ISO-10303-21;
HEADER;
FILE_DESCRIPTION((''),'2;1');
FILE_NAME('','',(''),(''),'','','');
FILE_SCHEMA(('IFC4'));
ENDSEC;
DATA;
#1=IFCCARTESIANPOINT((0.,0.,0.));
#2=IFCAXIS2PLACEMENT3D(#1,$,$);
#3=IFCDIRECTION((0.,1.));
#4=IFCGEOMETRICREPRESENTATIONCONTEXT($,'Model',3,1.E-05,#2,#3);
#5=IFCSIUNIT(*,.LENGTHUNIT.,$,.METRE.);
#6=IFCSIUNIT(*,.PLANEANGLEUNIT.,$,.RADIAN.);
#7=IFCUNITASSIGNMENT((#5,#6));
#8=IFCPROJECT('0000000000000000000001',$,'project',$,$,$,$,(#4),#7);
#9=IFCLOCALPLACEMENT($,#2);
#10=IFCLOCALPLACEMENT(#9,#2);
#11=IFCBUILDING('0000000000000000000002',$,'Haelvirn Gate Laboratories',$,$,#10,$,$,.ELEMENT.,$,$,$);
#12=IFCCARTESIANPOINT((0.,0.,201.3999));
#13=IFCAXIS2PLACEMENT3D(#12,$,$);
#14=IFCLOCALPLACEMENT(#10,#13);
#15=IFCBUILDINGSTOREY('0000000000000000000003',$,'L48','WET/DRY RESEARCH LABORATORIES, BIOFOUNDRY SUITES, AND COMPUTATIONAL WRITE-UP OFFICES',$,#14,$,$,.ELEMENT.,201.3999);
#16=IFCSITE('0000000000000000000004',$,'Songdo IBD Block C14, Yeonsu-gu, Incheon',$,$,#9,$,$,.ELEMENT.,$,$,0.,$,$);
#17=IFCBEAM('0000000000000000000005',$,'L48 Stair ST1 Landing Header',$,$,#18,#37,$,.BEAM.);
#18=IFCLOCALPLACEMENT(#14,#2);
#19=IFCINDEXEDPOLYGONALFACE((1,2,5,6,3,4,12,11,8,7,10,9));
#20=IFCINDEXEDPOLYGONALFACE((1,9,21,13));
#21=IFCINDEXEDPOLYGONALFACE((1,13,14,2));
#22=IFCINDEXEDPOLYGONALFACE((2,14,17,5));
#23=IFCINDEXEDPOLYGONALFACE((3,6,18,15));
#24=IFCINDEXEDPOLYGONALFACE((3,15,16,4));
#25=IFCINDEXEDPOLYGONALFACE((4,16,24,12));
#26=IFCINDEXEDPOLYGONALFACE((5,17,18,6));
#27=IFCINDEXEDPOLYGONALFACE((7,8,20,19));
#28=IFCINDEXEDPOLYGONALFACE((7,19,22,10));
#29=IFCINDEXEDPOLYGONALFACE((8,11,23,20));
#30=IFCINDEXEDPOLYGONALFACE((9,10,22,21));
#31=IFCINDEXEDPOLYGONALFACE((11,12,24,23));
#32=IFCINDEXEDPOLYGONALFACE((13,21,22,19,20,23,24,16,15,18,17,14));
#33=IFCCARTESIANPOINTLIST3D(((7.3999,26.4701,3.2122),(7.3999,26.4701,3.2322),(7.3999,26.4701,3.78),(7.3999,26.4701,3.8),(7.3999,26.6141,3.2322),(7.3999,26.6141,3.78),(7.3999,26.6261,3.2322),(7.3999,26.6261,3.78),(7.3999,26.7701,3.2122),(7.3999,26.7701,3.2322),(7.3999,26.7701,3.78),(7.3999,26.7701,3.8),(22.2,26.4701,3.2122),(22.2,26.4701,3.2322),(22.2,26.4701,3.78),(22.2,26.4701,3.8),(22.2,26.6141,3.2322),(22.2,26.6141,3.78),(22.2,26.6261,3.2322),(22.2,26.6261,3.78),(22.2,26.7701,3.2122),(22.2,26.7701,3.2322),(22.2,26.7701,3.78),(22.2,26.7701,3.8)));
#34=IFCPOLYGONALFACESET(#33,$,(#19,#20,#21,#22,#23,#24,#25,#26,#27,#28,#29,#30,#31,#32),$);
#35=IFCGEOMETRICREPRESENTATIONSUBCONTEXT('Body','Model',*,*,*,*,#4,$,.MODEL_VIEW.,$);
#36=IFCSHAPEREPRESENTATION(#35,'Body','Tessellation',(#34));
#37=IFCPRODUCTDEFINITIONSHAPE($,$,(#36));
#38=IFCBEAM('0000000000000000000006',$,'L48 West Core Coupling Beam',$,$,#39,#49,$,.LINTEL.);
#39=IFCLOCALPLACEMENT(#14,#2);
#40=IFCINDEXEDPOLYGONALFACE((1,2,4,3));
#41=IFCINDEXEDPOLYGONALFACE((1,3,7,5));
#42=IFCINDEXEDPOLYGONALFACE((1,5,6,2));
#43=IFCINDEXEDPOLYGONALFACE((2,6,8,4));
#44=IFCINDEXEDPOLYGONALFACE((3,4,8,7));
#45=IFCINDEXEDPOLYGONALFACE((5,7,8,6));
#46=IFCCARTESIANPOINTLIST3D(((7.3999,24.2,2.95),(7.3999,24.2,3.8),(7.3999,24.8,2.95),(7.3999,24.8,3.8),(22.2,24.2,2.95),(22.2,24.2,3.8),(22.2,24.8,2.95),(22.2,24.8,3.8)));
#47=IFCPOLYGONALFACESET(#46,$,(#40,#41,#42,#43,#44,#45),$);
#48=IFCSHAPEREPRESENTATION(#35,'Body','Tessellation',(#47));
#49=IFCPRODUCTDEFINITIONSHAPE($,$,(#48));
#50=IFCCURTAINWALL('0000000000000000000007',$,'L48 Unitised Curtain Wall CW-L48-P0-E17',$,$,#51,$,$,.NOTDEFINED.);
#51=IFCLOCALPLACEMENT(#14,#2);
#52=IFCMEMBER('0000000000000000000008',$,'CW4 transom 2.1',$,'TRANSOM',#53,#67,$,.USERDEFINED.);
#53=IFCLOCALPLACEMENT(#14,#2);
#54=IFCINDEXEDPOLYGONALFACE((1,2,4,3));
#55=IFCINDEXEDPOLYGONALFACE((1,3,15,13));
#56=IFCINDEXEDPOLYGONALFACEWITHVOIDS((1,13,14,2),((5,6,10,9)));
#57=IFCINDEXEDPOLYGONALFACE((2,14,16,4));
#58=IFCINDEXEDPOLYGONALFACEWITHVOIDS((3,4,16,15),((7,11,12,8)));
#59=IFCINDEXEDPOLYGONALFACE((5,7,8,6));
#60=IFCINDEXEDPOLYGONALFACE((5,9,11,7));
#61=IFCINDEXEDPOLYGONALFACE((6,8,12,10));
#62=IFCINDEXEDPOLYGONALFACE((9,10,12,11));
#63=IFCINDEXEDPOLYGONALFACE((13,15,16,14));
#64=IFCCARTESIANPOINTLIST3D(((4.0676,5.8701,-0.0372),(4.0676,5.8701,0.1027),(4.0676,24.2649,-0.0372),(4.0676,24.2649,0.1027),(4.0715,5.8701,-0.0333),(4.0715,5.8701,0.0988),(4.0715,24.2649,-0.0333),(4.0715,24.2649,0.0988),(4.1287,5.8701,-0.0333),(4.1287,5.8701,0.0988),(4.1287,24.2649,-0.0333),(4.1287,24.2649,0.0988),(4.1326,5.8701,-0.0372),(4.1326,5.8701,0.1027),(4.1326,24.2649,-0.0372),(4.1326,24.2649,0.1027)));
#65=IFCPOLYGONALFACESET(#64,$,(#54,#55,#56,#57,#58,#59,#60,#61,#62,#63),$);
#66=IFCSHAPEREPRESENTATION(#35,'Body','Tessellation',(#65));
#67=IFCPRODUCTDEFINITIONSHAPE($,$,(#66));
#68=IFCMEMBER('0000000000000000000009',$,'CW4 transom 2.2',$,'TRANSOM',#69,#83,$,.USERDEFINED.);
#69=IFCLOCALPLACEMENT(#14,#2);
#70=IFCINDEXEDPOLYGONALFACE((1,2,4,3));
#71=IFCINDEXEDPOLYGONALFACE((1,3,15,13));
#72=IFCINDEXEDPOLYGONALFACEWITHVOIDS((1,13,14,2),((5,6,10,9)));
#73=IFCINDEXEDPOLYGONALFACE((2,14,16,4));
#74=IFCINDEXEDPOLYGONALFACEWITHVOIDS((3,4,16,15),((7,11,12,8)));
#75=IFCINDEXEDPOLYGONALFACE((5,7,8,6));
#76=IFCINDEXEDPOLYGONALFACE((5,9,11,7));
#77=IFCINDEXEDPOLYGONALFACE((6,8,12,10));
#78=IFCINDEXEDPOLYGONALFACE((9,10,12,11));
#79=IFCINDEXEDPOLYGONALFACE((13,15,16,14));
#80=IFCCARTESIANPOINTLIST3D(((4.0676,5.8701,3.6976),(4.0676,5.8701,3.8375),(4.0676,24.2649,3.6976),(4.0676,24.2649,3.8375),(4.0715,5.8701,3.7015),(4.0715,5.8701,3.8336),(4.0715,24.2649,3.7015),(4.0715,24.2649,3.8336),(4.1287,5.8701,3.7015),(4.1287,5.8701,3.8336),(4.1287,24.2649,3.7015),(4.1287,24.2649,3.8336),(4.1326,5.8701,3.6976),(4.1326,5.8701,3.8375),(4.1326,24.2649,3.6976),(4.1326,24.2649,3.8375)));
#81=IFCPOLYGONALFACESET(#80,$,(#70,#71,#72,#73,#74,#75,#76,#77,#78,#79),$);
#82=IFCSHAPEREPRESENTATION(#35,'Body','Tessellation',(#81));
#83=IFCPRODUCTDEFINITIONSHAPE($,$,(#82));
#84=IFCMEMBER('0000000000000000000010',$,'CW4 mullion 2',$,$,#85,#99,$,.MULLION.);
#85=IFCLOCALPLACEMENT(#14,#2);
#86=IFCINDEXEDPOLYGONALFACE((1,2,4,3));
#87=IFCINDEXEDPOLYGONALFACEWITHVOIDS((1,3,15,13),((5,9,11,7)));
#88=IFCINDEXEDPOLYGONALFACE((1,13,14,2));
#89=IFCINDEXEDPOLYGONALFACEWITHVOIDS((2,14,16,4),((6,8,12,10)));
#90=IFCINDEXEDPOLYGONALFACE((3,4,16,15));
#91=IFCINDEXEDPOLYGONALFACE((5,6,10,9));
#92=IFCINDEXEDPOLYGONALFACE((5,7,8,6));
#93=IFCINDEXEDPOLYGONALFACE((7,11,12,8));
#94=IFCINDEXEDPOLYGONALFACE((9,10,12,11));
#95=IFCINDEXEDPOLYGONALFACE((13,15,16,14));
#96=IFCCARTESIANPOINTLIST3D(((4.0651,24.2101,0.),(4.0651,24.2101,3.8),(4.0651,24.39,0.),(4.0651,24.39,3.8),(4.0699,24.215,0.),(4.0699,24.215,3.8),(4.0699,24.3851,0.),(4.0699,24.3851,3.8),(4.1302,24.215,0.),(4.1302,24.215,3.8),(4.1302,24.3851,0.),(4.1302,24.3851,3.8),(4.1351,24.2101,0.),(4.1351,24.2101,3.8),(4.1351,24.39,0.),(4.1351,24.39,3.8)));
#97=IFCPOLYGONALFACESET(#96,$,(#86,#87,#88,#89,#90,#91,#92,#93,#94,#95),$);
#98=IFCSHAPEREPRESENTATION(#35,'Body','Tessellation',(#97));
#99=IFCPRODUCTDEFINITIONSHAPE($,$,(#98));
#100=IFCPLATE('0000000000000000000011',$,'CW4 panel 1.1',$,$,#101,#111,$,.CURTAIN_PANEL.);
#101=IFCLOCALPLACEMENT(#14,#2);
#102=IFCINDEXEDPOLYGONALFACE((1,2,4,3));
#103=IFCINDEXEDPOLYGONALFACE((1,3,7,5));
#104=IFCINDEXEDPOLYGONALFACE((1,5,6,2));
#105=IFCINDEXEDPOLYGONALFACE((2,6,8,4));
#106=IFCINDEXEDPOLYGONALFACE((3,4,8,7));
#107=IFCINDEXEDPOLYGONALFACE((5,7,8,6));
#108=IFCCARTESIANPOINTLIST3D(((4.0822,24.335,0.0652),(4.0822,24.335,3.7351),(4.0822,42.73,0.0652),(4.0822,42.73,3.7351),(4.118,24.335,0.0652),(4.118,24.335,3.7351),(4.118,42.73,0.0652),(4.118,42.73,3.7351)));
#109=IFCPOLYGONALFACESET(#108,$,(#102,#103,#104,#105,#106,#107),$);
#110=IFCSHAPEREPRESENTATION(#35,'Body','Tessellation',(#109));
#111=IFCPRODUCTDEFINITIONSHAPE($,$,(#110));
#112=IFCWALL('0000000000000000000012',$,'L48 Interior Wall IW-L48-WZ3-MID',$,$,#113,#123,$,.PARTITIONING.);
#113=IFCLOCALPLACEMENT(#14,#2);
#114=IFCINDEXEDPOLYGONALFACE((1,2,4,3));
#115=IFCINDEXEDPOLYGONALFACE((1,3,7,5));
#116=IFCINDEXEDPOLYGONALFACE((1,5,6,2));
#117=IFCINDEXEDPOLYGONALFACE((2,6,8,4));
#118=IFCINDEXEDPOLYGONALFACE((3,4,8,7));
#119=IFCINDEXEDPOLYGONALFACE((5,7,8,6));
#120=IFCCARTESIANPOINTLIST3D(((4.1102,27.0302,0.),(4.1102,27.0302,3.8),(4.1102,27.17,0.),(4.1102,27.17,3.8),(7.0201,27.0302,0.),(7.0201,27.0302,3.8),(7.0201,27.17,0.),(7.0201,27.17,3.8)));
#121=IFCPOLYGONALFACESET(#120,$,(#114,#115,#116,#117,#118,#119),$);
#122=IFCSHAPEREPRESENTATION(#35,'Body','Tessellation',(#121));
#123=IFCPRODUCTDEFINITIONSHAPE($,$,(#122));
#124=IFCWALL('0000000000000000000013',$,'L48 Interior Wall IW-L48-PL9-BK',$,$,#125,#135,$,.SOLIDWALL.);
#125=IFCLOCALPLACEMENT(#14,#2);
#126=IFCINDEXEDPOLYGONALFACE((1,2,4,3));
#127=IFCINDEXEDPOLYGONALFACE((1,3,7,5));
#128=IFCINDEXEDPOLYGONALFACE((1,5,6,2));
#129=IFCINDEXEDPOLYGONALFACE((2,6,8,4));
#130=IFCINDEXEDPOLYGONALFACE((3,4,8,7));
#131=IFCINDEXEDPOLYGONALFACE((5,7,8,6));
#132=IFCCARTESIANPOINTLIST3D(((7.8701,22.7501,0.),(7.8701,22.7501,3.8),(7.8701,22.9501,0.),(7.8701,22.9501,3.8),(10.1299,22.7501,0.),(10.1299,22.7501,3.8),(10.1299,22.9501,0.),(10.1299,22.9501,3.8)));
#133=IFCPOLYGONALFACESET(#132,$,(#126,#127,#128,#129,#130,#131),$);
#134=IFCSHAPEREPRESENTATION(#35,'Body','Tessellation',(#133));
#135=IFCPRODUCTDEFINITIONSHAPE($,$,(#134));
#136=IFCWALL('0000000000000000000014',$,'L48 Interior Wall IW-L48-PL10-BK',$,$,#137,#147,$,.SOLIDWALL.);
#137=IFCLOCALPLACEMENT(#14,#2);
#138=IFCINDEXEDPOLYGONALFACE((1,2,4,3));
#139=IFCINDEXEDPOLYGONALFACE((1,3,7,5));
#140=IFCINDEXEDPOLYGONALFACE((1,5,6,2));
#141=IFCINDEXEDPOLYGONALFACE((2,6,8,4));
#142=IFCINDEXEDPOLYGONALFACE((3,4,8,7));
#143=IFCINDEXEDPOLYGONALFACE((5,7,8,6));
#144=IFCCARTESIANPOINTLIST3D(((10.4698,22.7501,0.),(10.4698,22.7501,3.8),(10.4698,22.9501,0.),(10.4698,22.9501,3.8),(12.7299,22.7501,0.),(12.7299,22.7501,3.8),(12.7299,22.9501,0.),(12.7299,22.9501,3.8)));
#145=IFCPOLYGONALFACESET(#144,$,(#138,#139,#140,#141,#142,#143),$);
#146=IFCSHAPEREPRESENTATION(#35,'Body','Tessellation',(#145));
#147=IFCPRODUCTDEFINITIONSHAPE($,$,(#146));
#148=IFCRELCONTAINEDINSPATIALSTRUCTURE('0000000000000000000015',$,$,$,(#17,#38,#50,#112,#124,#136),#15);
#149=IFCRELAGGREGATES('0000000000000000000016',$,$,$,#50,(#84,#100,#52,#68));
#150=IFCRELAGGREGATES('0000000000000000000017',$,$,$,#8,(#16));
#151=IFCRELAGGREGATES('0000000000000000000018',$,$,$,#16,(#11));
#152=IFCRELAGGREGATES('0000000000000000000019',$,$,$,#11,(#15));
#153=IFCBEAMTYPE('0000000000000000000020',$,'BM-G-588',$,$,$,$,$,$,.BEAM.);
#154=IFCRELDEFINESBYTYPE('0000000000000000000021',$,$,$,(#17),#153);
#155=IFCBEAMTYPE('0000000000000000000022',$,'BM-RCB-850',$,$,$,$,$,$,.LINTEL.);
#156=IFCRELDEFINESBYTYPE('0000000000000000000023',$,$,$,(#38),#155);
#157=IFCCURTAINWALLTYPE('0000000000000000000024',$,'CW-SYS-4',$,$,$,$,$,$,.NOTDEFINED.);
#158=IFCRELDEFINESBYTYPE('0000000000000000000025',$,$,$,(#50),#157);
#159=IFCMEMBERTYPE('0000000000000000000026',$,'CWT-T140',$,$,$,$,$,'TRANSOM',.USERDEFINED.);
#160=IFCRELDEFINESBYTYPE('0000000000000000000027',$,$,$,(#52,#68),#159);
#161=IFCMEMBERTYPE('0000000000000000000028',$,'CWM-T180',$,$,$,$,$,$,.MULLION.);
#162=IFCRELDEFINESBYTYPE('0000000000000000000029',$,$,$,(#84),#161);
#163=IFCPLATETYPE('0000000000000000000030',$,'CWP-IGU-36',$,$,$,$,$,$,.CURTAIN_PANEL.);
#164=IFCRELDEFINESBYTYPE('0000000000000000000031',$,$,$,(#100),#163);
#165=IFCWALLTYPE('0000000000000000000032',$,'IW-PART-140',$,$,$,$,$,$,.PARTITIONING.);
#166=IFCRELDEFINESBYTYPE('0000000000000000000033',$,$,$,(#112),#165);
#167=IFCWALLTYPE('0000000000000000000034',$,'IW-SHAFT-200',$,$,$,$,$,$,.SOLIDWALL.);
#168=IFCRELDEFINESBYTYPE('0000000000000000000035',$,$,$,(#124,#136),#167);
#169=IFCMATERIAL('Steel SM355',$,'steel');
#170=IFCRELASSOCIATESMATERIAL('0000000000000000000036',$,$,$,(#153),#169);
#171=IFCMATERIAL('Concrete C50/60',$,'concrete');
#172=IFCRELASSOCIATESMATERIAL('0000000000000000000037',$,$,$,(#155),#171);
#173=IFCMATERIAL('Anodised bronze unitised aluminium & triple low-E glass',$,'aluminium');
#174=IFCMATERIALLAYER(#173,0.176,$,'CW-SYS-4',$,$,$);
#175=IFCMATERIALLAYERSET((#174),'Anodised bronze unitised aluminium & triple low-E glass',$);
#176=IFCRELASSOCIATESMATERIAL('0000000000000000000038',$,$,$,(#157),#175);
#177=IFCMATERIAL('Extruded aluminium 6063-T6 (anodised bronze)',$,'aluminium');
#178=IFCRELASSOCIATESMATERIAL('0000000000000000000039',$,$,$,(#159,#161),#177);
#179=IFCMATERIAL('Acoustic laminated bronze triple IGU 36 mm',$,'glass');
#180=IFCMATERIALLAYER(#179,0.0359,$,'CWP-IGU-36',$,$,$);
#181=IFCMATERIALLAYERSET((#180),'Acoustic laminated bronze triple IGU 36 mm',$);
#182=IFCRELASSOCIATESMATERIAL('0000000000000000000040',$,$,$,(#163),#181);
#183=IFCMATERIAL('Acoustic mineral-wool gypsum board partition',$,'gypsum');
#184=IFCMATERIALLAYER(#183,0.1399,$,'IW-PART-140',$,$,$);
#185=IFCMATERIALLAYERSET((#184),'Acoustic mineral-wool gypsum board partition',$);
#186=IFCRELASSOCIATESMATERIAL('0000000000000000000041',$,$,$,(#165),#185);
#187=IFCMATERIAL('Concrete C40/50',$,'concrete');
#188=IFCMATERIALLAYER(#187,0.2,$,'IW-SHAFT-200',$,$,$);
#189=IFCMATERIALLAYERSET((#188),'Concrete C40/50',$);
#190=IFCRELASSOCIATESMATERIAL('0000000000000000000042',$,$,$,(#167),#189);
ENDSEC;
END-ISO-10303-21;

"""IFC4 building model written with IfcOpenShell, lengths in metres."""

from ifc_helpers import new_model, si_unit, direction, frame, frame_2d, origin, origin_2d, place, context, subcontext, project, spatial, rectangle, hollow_rectangle, i_section, extrude, source, transform, mapped, material, layer, layer_set, material_profile, profile_set, type_object, type_shapes, element, aggregate, save


model = new_model("IFC4")

# Units and contexts
model_context = context("Model", 3, precision=1e-05, world=origin(), true_north=direction((0.0, 1.0)))
body_context = subcontext(model_context, "Body", "Model", "MODEL_VIEW")
ifc_project = project(units=[si_unit("LENGTHUNIT", "METRE"), si_unit("PLANEANGLEUNIT", "RADIAN")], contexts=[model_context])

# Site, building, storey
site_placement = place(None, origin())
site = spatial("IfcSite", under=ifc_project, at=site_placement, Name="Songdo IBD Block C14, Yeonsu-gu, Incheon", CompositionType="ELEMENT", RefElevation=0.0)
building_placement = place(site_placement, origin())
building = spatial("IfcBuilding", under=site, at=building_placement, Name="Haelvirn Gate Laboratories", CompositionType="ELEMENT")
storey_placement = place(building_placement, frame((0.0, 0.0, 201.3999)))
storey = spatial("IfcBuildingStorey", under=building, at=storey_placement, Name="L48", Description="WET/DRY RESEARCH LABORATORIES, BIOFOUNDRY SUITES, AND COMPUTATIONAL WRITE-UP OFFICES", CompositionType="ELEMENT", Elevation=201.3999)

# Beams
ifc_material_1 = material(Name="Steel SM355", Category="steel")
ifc_material_profile_1 = material_profile(ifc_material_1, i_section(OverallWidth=0.3, OverallDepth=0.5879, WebThickness=0.012, FlangeThickness=0.02, at=origin_2d()), Name="H-588x300x12x20")
ifc_profile_set_1 = profile_set([ifc_material_profile_1], Name="Steel SM355")
beam_type_1 = type_object("IfcBeamType", Name="BM-G-588", PredefinedType="BEAM", material=ifc_profile_set_1)
shared_shape_1 = source(origin(), body_context, "Body", "SweptSolid", [
    extrude(i_section(OverallWidth=0.3, OverallDepth=0.5879, WebThickness=0.012, FlangeThickness=0.02, at=origin_2d()), origin(), (0.0, 0.0, 1.0), 14.8),
])
type_shapes(beam_type_1, [shared_shape_1])
beam_1_placement = place(storey_placement, frame((7.3999, 26.6201, 3.5061), z_axis=(1.0, 0.0, 0.0), x_axis=(0.0, 1.0, 0.0)))
element("IfcBeam", 1, at=beam_1_placement, inside=storey, type_object=beam_type_1, Name="L48 Stair ST1 Landing Header", PredefinedType="BEAM", context=body_context, shape_type="MappedRepresentation", body=[
    mapped(shared_shape_1, transform((0.0, 0.0, 0.0), scale=1.0)),
])
ifc_material_2 = material(Name="Concrete C50/60", Category="concrete")
ifc_material_profile_2 = material_profile(ifc_material_2, rectangle(XDim=0.6001, YDim=0.8501, at=origin_2d()), Name="RCB-600x850")
ifc_profile_set_2 = profile_set([ifc_material_profile_2], Name="Concrete C50/60")
beam_type_2 = type_object("IfcBeamType", Name="BM-RCB-850", PredefinedType="LINTEL", material=ifc_profile_set_2)
shared_shape_2 = source(origin(), body_context, "Body", "SweptSolid", [
    extrude(rectangle(XDim=0.6001, YDim=0.8501, at=origin_2d()), origin(), (0.0, 0.0, 1.0), 14.8),
])
type_shapes(beam_type_2, [shared_shape_2])
beam_2_placement = place(storey_placement, frame((7.3999, 24.5, 3.375), z_axis=(1.0, 0.0, 0.0), x_axis=(0.0, 1.0, 0.0)))
element("IfcBeam", 2, at=beam_2_placement, inside=storey, type_object=beam_type_2, Name="L48 West Core Coupling Beam", PredefinedType="LINTEL", context=body_context, shape_type="MappedRepresentation", body=[
    mapped(shared_shape_2, transform((0.0, 0.0, 0.0), scale=1.0)),
])

# Curtain wall, members, plate
ifc_material_3 = material(Name="Anodised bronze unitised aluminium & triple low-E glass", Category="aluminium")
ifc_layer_1 = layer(ifc_material_3, 0.176, Name="CW-SYS-4")
ifc_layer_set_1 = layer_set([ifc_layer_1], Name="Anodised bronze unitised aluminium & triple low-E glass")
curtain_wall_type = type_object("IfcCurtainWallType", Name="CW-SYS-4", PredefinedType="NOTDEFINED", material=ifc_layer_set_1)
curtain_wall_placement = place(storey_placement, origin())
curtain_wall = element("IfcCurtainWall", 3, at=curtain_wall_placement, inside=storey, type_object=curtain_wall_type, Name="L48 Unitised Curtain Wall CW-L48-P0-E17", PredefinedType="NOTDEFINED")
ifc_material_4 = material(Name="Extruded aluminium 6063-T6 (anodised bronze)", Category="aluminium")
ifc_material_profile_3 = material_profile(ifc_material_4, hollow_rectangle(XDim=0.0649, YDim=0.1399, WallThickness=0.0039, at=origin_2d()), Name="CWT-140x65x4")
ifc_profile_set_3 = profile_set([ifc_material_profile_3], Name="Extruded aluminium 6063-T6 (anodised bronze)")
member_type_1 = type_object("IfcMemberType", Name="CWT-T140", ElementType="TRANSOM", PredefinedType="USERDEFINED", material=ifc_profile_set_3)
shared_shape_3 = source(origin(), body_context, "Body", "SweptSolid", [
    extrude(hollow_rectangle(XDim=0.0649, YDim=0.1399, WallThickness=0.0039, at=origin_2d()), origin(), (0.0, 0.0, 1.0), 18.3948),
])
type_shapes(member_type_1, [shared_shape_3])
member_1_placement = place(storey_placement, frame((4.1001, 24.2649, 0.0327), z_axis=(0.0, -1.0, 0.0), x_axis=(1.0, 0.0, 0.0)))
member_1 = element("IfcMember", 4, at=member_1_placement, type_object=member_type_1, Name="CW4 transom 2.1", ObjectType="TRANSOM", PredefinedType="USERDEFINED", context=body_context, shape_type="MappedRepresentation", body=[
    mapped(shared_shape_3, transform((0.0, 0.0, 0.0), scale=1.0)),
])
member_2_placement = place(storey_placement, frame((4.1001, 24.2649, 3.7676), z_axis=(0.0, -1.0, 0.0), x_axis=(1.0, 0.0, 0.0)))
member_2 = element("IfcMember", 5, at=member_2_placement, type_object=member_type_1, Name="CW4 transom 2.2", ObjectType="TRANSOM", PredefinedType="USERDEFINED", context=body_context, shape_type="MappedRepresentation", body=[
    mapped(shared_shape_3, transform((0.0, 0.0, 0.0), scale=1.0)),
])
ifc_material_profile_4 = material_profile(ifc_material_4, hollow_rectangle(XDim=0.0701, YDim=0.1799, WallThickness=0.0049, at=origin_2d()), Name="CWM-180x70x5")
ifc_profile_set_4 = profile_set([ifc_material_profile_4], Name="Extruded aluminium 6063-T6 (anodised bronze)")
member_type_2 = type_object("IfcMemberType", Name="CWM-T180", PredefinedType="MULLION", material=ifc_profile_set_4)
shared_shape_4 = source(origin(), body_context, "Body", "SweptSolid", [
    extrude(hollow_rectangle(XDim=0.0701, YDim=0.1799, WallThickness=0.0049, at=origin_2d()), origin(), (0.0, 0.0, 1.0), 3.8),
])
type_shapes(member_type_2, [shared_shape_4])
member_3_placement = place(storey_placement, frame((4.1001, 24.3, 0.0), z_axis=(0.0, 0.0, 1.0), x_axis=(1.0, 0.0, 0.0)))
member_3 = element("IfcMember", 6, at=member_3_placement, type_object=member_type_2, Name="CW4 mullion 2", PredefinedType="MULLION", context=body_context, shape_type="MappedRepresentation", body=[
    mapped(shared_shape_4, transform((0.0, 0.0, 0.0), scale=1.0)),
])
ifc_material_5 = material(Name="Acoustic laminated bronze triple IGU 36 mm", Category="glass")
ifc_layer_2 = layer(ifc_material_5, 0.0359, Name="CWP-IGU-36")
ifc_layer_set_2 = layer_set([ifc_layer_2], Name="Acoustic laminated bronze triple IGU 36 mm")
plate_type = type_object("IfcPlateType", Name="CWP-IGU-36", PredefinedType="CURTAIN_PANEL", material=ifc_layer_set_2)
shared_shape_5 = source(origin(), body_context, "Body", "SweptSolid", [
    extrude(rectangle(XDim=18.395, YDim=0.0359, at=origin_2d()), origin(), (0.0, 0.0, 1.0), 3.6699),
])
type_shapes(plate_type, [shared_shape_5])
plate_placement = place(storey_placement, frame((4.1001, 33.5325, 0.0652), z_axis=(0.0, 0.0, 1.0), x_axis=(0.0, -1.0, 0.0)))
plate = element("IfcPlate", 7, at=plate_placement, type_object=plate_type, Name="CW4 panel 1.1", PredefinedType="CURTAIN_PANEL", context=body_context, shape_type="MappedRepresentation", body=[
    mapped(shared_shape_5, transform((0.0, 0.0, 0.0), scale=1.0)),
])
aggregate(curtain_wall, [member_3, plate, member_1, member_2])

# Walls
ifc_material_6 = material(Name="Acoustic mineral-wool gypsum board partition", Category="gypsum")
ifc_layer_3 = layer(ifc_material_6, 0.1399, Name="IW-PART-140")
ifc_layer_set_3 = layer_set([ifc_layer_3], Name="Acoustic mineral-wool gypsum board partition")
wall_type_1 = type_object("IfcWallType", Name="IW-PART-140", PredefinedType="PARTITIONING", material=ifc_layer_set_3)
wall_1_placement = place(storey_placement, frame((4.1101, 27.1001, 0.0), z_axis=(0.0, 0.0, 1.0), x_axis=(1.0, 0.0, 0.0)))
element("IfcWall", 8, at=wall_1_placement, inside=storey, type_object=wall_type_1, Name="L48 Interior Wall IW-L48-WZ3-MID", PredefinedType="PARTITIONING", context=body_context, shape_type="SweptSolid", body=[
    extrude(rectangle(XDim=2.9099, YDim=0.1399, at=frame_2d((1.4551, 0.0))), origin(), (0.0, 0.0, 1.0), 3.8),
])
ifc_material_7 = material(Name="Concrete C40/50", Category="concrete")
ifc_layer_4 = layer(ifc_material_7, 0.2, Name="IW-SHAFT-200")
ifc_layer_set_4 = layer_set([ifc_layer_4], Name="Concrete C40/50")
wall_type_2 = type_object("IfcWallType", Name="IW-SHAFT-200", PredefinedType="SOLIDWALL", material=ifc_layer_set_4)
wall_2_placement = place(storey_placement, frame((7.8701, 22.8501, 0.0), z_axis=(0.0, 0.0, 1.0), x_axis=(1.0, 0.0, 0.0)))
element("IfcWall", 9, at=wall_2_placement, inside=storey, type_object=wall_type_2, Name="L48 Interior Wall IW-L48-PL9-BK", PredefinedType="SOLIDWALL", context=body_context, shape_type="SweptSolid", body=[
    extrude(rectangle(XDim=2.2598, YDim=0.2, at=frame_2d((1.1299, 0.0))), origin(), (0.0, 0.0, 1.0), 3.8),
])
wall_3_placement = place(storey_placement, frame((10.47, 22.8501, 0.0), z_axis=(0.0, 0.0, 1.0), x_axis=(1.0, 0.0, 0.0)))
element("IfcWall", 10, at=wall_3_placement, inside=storey, type_object=wall_type_2, Name="L48 Interior Wall IW-L48-PL10-BK", PredefinedType="SOLIDWALL", context=body_context, shape_type="SweptSolid", body=[
    extrude(rectangle(XDim=2.26, YDim=0.2, at=frame_2d((1.1299, 0.0))), origin(), (0.0, 0.0, 1.0), 3.8),
])

save(model, "model.ifc")
